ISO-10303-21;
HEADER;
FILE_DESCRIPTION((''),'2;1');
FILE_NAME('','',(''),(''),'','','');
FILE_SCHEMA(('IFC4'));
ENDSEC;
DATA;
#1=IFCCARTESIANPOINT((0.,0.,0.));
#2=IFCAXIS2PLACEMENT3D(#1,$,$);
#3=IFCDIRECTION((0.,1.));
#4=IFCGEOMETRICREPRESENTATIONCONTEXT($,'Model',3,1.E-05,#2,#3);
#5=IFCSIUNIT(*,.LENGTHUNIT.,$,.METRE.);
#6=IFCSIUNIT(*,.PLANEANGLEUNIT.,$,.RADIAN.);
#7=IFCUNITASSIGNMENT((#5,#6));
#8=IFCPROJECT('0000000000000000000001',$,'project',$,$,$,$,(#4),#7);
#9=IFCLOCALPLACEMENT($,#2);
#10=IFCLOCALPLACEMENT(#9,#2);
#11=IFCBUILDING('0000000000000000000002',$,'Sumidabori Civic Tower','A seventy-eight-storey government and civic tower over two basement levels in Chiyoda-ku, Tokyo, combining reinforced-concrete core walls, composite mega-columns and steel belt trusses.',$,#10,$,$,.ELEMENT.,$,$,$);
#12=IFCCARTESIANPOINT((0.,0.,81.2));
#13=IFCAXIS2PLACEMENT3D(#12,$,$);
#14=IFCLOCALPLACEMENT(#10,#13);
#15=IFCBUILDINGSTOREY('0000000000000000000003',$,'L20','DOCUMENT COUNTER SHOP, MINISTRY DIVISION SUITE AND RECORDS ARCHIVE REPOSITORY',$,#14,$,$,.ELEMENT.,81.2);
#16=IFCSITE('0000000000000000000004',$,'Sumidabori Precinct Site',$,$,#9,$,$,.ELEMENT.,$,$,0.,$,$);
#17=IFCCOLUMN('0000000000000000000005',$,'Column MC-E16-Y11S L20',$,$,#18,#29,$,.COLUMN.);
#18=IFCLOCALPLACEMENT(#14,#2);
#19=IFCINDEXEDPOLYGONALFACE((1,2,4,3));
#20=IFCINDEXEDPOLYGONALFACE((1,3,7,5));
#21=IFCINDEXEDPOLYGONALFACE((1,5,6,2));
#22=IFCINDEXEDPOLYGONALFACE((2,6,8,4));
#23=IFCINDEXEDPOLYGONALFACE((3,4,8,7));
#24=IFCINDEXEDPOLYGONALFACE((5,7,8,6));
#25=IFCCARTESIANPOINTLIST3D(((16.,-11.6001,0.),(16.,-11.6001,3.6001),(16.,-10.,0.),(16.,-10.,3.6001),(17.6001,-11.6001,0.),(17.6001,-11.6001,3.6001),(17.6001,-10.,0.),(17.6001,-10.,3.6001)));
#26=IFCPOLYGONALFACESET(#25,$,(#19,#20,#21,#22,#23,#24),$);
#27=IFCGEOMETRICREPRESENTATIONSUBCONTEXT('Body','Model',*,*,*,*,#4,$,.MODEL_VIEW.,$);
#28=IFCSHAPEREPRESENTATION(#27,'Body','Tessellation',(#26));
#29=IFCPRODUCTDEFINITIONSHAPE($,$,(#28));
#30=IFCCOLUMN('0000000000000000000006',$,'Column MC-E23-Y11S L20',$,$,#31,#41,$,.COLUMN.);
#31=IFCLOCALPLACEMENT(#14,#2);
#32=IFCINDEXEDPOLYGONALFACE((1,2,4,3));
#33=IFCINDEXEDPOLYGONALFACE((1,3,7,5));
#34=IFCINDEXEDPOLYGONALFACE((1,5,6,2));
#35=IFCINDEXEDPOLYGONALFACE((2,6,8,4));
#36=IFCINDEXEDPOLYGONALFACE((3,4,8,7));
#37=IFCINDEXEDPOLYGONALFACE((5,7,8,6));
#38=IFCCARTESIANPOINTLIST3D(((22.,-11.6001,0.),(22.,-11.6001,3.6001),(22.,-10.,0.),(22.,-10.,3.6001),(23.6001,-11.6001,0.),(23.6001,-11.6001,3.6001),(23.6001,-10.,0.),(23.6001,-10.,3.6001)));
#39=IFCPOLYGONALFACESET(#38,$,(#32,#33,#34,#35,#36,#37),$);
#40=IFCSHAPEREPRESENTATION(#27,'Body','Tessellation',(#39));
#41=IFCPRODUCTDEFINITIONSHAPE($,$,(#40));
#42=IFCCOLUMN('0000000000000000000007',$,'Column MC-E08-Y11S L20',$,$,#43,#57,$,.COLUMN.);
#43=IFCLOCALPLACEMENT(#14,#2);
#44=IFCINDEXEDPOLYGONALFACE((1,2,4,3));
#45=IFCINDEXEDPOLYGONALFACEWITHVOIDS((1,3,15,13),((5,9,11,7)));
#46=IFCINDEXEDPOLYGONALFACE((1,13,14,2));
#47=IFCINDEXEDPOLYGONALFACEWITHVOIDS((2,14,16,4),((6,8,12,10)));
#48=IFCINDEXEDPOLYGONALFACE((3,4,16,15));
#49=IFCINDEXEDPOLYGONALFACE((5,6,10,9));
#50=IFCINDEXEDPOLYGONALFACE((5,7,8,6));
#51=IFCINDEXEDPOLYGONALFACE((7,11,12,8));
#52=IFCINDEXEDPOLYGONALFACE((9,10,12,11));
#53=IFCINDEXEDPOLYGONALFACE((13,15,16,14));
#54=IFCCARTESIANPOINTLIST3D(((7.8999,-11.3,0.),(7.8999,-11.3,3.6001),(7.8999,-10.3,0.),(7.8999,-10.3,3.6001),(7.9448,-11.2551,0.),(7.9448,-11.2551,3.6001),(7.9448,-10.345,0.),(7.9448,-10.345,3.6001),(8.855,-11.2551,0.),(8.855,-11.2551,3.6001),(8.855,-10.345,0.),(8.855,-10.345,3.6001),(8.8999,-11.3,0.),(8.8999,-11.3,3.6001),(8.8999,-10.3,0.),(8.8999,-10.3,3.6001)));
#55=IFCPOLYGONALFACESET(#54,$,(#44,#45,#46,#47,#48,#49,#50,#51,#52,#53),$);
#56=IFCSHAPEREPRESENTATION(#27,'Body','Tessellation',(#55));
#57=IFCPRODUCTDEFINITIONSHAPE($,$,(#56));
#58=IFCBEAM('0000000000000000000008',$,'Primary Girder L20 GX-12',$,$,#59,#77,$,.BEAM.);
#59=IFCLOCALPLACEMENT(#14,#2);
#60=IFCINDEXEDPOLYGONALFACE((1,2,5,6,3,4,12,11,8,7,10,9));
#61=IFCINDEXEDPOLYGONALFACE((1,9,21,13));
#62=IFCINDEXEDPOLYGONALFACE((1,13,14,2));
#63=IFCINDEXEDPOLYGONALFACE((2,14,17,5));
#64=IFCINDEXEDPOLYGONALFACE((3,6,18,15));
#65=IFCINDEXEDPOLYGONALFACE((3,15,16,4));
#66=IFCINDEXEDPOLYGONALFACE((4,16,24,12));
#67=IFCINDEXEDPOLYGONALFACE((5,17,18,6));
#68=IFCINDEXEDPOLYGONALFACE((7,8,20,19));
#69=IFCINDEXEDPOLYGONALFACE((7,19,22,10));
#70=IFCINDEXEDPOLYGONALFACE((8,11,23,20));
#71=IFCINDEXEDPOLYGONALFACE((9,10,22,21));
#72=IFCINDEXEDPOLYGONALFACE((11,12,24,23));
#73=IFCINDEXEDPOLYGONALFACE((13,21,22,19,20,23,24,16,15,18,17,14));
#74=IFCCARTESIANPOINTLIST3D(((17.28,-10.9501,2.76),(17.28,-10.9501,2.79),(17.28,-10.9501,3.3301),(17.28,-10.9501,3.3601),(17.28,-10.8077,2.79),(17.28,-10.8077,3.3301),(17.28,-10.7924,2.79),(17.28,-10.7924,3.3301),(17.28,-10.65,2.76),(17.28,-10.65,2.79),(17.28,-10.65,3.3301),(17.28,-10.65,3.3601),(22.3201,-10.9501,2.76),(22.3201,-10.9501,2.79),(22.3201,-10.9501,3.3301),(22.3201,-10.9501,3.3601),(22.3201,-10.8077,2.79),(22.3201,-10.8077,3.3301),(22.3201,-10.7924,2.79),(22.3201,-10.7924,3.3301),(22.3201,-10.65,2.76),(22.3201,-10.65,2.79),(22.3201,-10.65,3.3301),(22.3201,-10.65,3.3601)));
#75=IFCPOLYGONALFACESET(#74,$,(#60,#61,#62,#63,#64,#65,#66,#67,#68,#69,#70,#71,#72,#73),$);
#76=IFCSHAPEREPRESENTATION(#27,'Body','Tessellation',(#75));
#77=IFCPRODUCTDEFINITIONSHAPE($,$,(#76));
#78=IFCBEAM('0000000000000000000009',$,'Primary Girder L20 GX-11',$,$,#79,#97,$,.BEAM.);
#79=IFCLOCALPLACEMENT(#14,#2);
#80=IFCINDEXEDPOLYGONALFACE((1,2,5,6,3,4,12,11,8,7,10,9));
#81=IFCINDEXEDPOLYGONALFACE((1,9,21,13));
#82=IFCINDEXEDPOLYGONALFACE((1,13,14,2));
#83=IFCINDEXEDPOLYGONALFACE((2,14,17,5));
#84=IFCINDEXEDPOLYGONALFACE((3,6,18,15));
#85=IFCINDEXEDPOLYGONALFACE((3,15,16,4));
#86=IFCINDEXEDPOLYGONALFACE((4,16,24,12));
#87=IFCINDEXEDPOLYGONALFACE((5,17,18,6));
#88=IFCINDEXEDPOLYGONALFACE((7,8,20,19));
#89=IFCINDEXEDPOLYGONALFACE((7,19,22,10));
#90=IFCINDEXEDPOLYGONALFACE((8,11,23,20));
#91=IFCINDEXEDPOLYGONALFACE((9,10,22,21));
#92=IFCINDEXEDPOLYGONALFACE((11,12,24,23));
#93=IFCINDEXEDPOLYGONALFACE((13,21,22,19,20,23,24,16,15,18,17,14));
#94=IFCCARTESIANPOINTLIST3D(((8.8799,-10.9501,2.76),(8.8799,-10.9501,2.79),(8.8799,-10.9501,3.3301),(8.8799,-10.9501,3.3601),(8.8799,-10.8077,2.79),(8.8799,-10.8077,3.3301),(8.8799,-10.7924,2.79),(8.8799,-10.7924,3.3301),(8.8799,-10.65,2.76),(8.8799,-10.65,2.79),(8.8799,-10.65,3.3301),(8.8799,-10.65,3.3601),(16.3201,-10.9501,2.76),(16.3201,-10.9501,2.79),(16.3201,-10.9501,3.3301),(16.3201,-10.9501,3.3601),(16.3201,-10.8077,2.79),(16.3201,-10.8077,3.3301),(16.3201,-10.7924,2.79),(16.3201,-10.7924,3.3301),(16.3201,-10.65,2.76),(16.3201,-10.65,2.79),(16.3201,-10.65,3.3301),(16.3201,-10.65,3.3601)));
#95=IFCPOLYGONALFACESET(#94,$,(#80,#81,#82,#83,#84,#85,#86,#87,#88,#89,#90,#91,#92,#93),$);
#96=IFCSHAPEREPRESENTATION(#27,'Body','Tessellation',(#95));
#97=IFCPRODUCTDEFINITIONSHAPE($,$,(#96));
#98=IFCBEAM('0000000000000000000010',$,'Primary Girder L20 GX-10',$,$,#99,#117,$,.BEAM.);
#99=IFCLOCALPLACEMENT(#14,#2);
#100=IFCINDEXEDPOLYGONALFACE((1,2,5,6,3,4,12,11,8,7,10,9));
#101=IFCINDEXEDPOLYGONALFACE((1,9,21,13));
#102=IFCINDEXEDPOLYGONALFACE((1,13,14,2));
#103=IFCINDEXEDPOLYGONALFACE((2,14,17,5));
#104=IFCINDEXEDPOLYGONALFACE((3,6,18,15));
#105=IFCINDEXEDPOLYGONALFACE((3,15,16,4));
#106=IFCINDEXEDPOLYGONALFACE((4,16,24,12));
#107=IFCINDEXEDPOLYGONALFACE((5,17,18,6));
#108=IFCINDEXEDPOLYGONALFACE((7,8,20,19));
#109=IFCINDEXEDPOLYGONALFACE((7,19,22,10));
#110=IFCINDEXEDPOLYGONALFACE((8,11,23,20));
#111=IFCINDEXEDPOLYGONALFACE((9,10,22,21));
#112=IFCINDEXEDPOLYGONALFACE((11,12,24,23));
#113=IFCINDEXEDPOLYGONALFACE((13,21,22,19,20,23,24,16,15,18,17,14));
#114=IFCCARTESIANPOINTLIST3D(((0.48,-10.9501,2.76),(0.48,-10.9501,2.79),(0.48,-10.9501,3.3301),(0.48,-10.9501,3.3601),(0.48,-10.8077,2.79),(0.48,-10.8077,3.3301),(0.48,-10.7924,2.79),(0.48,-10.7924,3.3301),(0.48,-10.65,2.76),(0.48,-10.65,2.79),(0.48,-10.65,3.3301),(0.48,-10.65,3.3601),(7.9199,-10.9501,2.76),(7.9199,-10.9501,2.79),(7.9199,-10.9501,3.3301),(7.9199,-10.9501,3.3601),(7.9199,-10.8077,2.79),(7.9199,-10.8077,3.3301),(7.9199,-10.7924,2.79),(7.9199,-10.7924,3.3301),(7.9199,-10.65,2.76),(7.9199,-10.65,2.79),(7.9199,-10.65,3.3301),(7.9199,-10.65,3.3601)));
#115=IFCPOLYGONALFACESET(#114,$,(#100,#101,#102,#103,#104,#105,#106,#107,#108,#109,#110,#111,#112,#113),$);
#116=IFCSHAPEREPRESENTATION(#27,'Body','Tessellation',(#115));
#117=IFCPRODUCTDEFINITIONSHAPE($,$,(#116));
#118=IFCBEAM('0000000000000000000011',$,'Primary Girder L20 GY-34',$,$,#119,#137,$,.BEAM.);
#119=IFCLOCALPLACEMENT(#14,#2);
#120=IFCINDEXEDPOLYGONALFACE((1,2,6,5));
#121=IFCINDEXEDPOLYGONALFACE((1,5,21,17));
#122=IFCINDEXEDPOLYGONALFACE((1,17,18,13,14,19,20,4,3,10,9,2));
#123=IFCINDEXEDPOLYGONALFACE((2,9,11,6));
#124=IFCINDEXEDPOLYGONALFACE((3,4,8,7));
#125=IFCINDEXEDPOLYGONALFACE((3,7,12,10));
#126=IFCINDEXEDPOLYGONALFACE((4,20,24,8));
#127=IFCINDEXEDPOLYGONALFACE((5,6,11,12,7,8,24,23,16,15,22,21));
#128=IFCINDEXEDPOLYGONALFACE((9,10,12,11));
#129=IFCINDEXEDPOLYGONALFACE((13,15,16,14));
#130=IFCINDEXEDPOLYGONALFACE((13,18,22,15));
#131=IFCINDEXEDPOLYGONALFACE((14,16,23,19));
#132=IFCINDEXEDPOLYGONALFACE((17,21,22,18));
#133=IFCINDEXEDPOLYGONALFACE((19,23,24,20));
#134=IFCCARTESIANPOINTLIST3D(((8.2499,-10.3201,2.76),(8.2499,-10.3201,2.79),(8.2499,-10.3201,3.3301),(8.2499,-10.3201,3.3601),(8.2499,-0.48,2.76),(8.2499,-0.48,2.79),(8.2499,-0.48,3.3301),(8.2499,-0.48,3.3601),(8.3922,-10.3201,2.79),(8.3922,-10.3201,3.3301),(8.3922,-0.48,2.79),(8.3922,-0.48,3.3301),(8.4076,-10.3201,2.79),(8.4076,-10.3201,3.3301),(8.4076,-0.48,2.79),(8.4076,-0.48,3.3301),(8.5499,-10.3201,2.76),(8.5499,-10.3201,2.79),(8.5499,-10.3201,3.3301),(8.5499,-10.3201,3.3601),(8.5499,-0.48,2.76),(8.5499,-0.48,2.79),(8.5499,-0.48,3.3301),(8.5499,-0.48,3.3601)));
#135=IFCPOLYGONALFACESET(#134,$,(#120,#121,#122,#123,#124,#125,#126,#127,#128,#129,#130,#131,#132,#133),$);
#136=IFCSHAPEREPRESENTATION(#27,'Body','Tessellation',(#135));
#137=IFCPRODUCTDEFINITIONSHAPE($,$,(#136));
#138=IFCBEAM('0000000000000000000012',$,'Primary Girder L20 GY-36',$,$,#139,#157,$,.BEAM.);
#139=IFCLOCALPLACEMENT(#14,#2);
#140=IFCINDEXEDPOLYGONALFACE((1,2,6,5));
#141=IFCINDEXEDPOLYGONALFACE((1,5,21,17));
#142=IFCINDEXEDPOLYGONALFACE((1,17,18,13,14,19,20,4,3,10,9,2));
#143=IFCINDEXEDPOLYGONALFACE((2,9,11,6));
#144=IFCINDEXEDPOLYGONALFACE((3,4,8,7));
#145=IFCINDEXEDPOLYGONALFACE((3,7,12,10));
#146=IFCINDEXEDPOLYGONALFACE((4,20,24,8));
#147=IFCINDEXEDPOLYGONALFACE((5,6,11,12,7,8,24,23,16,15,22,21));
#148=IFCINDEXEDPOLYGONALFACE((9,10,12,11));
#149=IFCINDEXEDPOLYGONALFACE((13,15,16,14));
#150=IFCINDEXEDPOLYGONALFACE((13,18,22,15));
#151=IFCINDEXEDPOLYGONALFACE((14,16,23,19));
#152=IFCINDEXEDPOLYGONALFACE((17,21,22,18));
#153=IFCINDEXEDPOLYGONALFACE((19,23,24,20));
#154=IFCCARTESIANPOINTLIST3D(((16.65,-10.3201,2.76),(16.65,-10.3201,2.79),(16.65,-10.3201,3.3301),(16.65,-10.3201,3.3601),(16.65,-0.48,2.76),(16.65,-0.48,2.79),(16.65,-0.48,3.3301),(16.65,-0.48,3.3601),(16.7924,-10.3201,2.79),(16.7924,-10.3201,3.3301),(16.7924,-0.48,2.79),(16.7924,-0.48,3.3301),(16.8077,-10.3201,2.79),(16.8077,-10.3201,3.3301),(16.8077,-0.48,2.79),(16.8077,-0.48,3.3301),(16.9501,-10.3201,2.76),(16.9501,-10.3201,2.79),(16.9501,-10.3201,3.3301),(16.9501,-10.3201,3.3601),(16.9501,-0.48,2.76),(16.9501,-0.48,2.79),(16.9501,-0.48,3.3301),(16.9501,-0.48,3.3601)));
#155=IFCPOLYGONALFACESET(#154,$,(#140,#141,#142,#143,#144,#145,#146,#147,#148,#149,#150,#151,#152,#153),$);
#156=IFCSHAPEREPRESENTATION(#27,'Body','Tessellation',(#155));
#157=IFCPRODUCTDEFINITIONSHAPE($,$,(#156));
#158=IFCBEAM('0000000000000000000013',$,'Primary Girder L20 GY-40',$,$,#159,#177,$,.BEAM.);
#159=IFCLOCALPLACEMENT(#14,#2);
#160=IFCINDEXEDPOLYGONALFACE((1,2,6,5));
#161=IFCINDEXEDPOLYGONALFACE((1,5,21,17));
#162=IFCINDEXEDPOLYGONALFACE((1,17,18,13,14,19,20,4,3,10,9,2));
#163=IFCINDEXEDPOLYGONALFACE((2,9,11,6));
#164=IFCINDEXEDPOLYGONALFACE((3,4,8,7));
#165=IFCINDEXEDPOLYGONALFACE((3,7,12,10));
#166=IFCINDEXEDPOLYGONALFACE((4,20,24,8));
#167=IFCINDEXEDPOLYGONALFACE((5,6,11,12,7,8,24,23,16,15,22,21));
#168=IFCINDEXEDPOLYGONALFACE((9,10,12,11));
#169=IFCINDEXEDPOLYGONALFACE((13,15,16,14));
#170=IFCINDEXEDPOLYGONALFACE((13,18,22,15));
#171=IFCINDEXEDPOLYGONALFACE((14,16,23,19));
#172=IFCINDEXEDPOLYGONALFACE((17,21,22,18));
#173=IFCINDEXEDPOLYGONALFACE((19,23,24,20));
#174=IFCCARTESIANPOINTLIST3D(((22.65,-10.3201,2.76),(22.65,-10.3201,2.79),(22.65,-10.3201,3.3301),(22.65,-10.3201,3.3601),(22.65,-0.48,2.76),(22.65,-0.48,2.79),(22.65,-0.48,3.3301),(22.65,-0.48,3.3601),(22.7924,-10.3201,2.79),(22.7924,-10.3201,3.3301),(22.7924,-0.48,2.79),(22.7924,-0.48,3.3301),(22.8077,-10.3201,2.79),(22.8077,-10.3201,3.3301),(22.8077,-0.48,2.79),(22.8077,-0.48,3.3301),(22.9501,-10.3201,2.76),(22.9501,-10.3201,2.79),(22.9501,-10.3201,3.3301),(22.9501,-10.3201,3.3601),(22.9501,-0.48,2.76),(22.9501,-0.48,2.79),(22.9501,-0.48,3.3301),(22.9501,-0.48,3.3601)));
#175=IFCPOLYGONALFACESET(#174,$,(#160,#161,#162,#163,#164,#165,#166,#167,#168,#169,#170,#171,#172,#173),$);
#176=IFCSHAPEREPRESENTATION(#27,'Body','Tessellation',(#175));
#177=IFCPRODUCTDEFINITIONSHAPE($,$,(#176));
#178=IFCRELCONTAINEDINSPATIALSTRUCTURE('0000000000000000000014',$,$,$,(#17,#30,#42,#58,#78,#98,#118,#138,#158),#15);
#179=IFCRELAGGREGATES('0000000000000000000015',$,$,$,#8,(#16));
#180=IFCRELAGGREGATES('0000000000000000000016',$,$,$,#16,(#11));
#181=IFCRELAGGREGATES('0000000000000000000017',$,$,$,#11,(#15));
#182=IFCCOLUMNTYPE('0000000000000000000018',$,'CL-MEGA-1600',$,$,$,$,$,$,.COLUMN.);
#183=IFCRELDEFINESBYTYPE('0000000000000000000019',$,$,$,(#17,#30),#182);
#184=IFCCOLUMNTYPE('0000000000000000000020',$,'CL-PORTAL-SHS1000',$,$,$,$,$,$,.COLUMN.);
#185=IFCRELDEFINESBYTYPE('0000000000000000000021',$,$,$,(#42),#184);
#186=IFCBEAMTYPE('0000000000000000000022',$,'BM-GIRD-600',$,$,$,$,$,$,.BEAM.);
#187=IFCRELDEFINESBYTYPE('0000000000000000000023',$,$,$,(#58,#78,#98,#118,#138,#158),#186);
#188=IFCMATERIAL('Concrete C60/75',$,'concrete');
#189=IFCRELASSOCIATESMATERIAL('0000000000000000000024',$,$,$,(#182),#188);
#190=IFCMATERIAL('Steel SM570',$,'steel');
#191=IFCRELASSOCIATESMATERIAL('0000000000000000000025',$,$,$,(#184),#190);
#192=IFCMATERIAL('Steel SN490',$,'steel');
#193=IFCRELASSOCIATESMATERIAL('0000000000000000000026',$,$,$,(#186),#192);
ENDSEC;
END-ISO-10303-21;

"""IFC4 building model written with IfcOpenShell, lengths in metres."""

from ifc_helpers import new_model, si_unit, direction, frame, origin, origin_2d, place, context, subcontext, project, spatial, rectangle, hollow_rectangle, i_section, extrude, source, transform, mapped, material, material_profile, profile_set, type_object, element, save


model = new_model("IFC4")

# Units and contexts
model_context = context("Model", 3, precision=1e-05, world=origin(), true_north=direction((0.0, 1.0)))
body_context = subcontext(model_context, "Body", "Model", "MODEL_VIEW")
ifc_project = project(units=[si_unit("LENGTHUNIT", "METRE"), si_unit("PLANEANGLEUNIT", "RADIAN")], contexts=[model_context])

# Site, building, storey
site_placement = place(None, origin())
site = spatial("IfcSite", under=ifc_project, at=site_placement, Name="Sumidabori Precinct Site", CompositionType="ELEMENT", RefElevation=0.0)
building_placement = place(site_placement, origin())
building = spatial("IfcBuilding", under=site, at=building_placement, Name="Sumidabori Civic Tower", Description="A seventy-eight-storey government and civic tower over two basement levels in Chiyoda-ku, Tokyo, combining reinforced-concrete core walls, composite mega-columns and steel belt trusses.", CompositionType="ELEMENT")
storey_placement = place(building_placement, frame((0.0, 0.0, 81.2)))
storey = spatial("IfcBuildingStorey", under=building, at=storey_placement, Name="L20", Description="DOCUMENT COUNTER SHOP, MINISTRY DIVISION SUITE AND RECORDS ARCHIVE REPOSITORY", CompositionType="ELEMENT", Elevation=81.2)

# Columns
ifc_material_1 = material(Name="Concrete C60/75", Category="concrete")
ifc_material_profile_1 = material_profile(ifc_material_1, rectangle(XDim=1.6001, YDim=1.6001, at=origin_2d()), Name="RC 1600x1600")
ifc_profile_set_1 = profile_set([ifc_material_profile_1], Name="Concrete C60/75")
column_type_1 = type_object("IfcColumnType", Name="CL-MEGA-1600", PredefinedType="COLUMN", material=ifc_profile_set_1)
shared_shape_1 = source(origin(), body_context, "Body", "SweptSolid", [
    extrude(rectangle(XDim=1.6001, YDim=1.6001, at=origin_2d()), origin(), (0.0, 0.0, 1.0), 3.6001),
])
for number, where, z_axis, x_axis, name in (
    (1, (16.8, -10.8, 0.0), (0.0, 0.0, 1.0), (1.0, 0.0, 0.0), "Column MC-E16-Y11S L20"),
    (2, (22.8, -10.8, 0.0), (0.0, 0.0, 1.0), (1.0, 0.0, 0.0), "Column MC-E23-Y11S L20"),
):
    element("IfcColumn", number, at=place(storey_placement, frame(where, z_axis=z_axis, x_axis=x_axis)), inside=storey, type_object=column_type_1, Name=name, PredefinedType="COLUMN", context=body_context, shape_type="MappedRepresentation", body=[
        mapped(shared_shape_1, transform((0.0, 0.0, 0.0), x_axis=(1.0, 0.0, 0.0), y_axis=(0.0, 1.0, 0.0), z_axis=(0.0, 0.0, 1.0), scale=1.0)),
    ])
ifc_material_2 = material(Name="Steel SM570", Category="steel")
ifc_material_profile_2 = material_profile(ifc_material_2, hollow_rectangle(XDim=1.0, YDim=1.0, WallThickness=0.0449, at=origin_2d()), Name="SHS 1000x1000x45")
ifc_profile_set_2 = profile_set([ifc_material_profile_2], Name="Steel SM570")
column_type_2 = type_object("IfcColumnType", Name="CL-PORTAL-SHS1000", PredefinedType="COLUMN", material=ifc_profile_set_2)
shared_shape_2 = source(origin(), body_context, "Body", "SweptSolid", [
    extrude(hollow_rectangle(XDim=1.0, YDim=1.0, WallThickness=0.0449, at=origin_2d()), origin(), (0.0, 0.0, 1.0), 3.6001),
])
column_placement = place(storey_placement, frame((8.3999, -10.8, 0.0), z_axis=(0.0, 0.0, 1.0), x_axis=(1.0, 0.0, 0.0)))
element("IfcColumn", 3, at=column_placement, inside=storey, type_object=column_type_2, Name="Column MC-E08-Y11S L20", PredefinedType="COLUMN", context=body_context, shape_type="MappedRepresentation", body=[
    mapped(shared_shape_2, transform((0.0, 0.0, 0.0), x_axis=(1.0, 0.0, 0.0), y_axis=(0.0, 1.0, 0.0), z_axis=(0.0, 0.0, 1.0), scale=1.0)),
])

# Beams
ifc_material_3 = material(Name="Steel SN490", Category="steel")
ifc_material_profile_3 = material_profile(ifc_material_3, i_section(OverallWidth=0.3, OverallDepth=0.6001, WebThickness=0.0154, FlangeThickness=0.03, at=origin_2d()), Name="HE 600 B")
ifc_profile_set_3 = profile_set([ifc_material_profile_3], Name="Steel SN490")
beam_type_1 = type_object("IfcBeamType", Name="BM-GIRD-600", PredefinedType="BEAM", material=ifc_profile_set_3)
shared_shape_3 = source(origin(), body_context, "Body", "SweptSolid", [
    extrude(i_section(OverallWidth=0.3, OverallDepth=0.6001, WebThickness=0.0154, FlangeThickness=0.03, at=origin_2d()), origin(), (0.0, 0.0, 1.0), 5.04),
])
beam_1_placement = place(storey_placement, frame((17.28, -10.8, 3.0601), z_axis=(1.0, 0.0, 0.0), x_axis=(0.0, 1.0, 0.0)))
element("IfcBeam", 4, at=beam_1_placement, inside=storey, type_object=beam_type_1, Name="Primary Girder L20 GX-12", PredefinedType="BEAM", context=body_context, shape_type="MappedRepresentation", body=[
    mapped(shared_shape_3, transform((0.0, 0.0, 0.0), x_axis=(1.0, 0.0, 0.0), y_axis=(0.0, 1.0, 0.0), z_axis=(0.0, 0.0, 1.0), scale=1.0)),
])
shared_shape_4 = source(origin(), body_context, "Body", "SweptSolid", [
    extrude(i_section(OverallWidth=0.3, OverallDepth=0.6001, WebThickness=0.0154, FlangeThickness=0.03, at=origin_2d()), origin(), (0.0, 0.0, 1.0), 7.4402),
])
beam_2_placement = place(storey_placement, frame((8.8799, -10.8, 3.0601), z_axis=(1.0, 0.0, 0.0), x_axis=(0.0, 1.0, 0.0)))
element("IfcBeam", 5, at=beam_2_placement, inside=storey, type_object=beam_type_1, Name="Primary Girder L20 GX-11", PredefinedType="BEAM", context=body_context, shape_type="MappedRepresentation", body=[
    mapped(shared_shape_4, transform((0.0, 0.0, 0.0), x_axis=(1.0, 0.0, 0.0), y_axis=(0.0, 1.0, 0.0), z_axis=(0.0, 0.0, 1.0), scale=1.0)),
])
shared_shape_5 = source(origin(), body_context, "Body", "SweptSolid", [
    extrude(i_section(OverallWidth=0.3, OverallDepth=0.6001, WebThickness=0.0154, FlangeThickness=0.03, at=origin_2d()), origin(), (0.0, 0.0, 1.0), 7.4399),
])
beam_3_placement = place(storey_placement, frame((0.48, -10.8, 3.0601), z_axis=(1.0, 0.0, 0.0), x_axis=(0.0, 1.0, 0.0)))
element("IfcBeam", 6, at=beam_3_placement, inside=storey, type_object=beam_type_1, Name="Primary Girder L20 GX-10", PredefinedType="BEAM", context=body_context, shape_type="MappedRepresentation", body=[
    mapped(shared_shape_5, transform((0.0, 0.0, 0.0), x_axis=(1.0, 0.0, 0.0), y_axis=(0.0, 1.0, 0.0), z_axis=(0.0, 0.0, 1.0), scale=1.0)),
])
shared_shape_6 = source(origin(), body_context, "Body", "SweptSolid", [
    extrude(i_section(OverallWidth=0.3, OverallDepth=0.6001, WebThickness=0.0154, FlangeThickness=0.03, at=origin_2d()), origin(), (0.0, 0.0, 1.0), 9.8401),
])
for number, where, z_axis, x_axis, name in (
    (7, (8.3999, -10.3201, 3.0601), (0.0, 1.0, 0.0), (-1.0, 0.0, 0.0), "Primary Girder L20 GY-34"),
    (8, (16.8, -10.3201, 3.0601), (0.0, 1.0, 0.0), (-1.0, 0.0, 0.0), "Primary Girder L20 GY-36"),
    (9, (22.8, -10.3201, 3.0601), (0.0, 1.0, 0.0), (-1.0, 0.0, 0.0), "Primary Girder L20 GY-40"),
):
    element("IfcBeam", number, at=place(storey_placement, frame(where, z_axis=z_axis, x_axis=x_axis)), inside=storey, type_object=beam_type_1, Name=name, PredefinedType="BEAM", context=body_context, shape_type="MappedRepresentation", body=[
        mapped(shared_shape_6, transform((0.0, 0.0, 0.0), x_axis=(1.0, 0.0, 0.0), y_axis=(0.0, 1.0, 0.0), z_axis=(0.0, 0.0, 1.0), scale=1.0)),
    ])

save(model, "model.ifc")
